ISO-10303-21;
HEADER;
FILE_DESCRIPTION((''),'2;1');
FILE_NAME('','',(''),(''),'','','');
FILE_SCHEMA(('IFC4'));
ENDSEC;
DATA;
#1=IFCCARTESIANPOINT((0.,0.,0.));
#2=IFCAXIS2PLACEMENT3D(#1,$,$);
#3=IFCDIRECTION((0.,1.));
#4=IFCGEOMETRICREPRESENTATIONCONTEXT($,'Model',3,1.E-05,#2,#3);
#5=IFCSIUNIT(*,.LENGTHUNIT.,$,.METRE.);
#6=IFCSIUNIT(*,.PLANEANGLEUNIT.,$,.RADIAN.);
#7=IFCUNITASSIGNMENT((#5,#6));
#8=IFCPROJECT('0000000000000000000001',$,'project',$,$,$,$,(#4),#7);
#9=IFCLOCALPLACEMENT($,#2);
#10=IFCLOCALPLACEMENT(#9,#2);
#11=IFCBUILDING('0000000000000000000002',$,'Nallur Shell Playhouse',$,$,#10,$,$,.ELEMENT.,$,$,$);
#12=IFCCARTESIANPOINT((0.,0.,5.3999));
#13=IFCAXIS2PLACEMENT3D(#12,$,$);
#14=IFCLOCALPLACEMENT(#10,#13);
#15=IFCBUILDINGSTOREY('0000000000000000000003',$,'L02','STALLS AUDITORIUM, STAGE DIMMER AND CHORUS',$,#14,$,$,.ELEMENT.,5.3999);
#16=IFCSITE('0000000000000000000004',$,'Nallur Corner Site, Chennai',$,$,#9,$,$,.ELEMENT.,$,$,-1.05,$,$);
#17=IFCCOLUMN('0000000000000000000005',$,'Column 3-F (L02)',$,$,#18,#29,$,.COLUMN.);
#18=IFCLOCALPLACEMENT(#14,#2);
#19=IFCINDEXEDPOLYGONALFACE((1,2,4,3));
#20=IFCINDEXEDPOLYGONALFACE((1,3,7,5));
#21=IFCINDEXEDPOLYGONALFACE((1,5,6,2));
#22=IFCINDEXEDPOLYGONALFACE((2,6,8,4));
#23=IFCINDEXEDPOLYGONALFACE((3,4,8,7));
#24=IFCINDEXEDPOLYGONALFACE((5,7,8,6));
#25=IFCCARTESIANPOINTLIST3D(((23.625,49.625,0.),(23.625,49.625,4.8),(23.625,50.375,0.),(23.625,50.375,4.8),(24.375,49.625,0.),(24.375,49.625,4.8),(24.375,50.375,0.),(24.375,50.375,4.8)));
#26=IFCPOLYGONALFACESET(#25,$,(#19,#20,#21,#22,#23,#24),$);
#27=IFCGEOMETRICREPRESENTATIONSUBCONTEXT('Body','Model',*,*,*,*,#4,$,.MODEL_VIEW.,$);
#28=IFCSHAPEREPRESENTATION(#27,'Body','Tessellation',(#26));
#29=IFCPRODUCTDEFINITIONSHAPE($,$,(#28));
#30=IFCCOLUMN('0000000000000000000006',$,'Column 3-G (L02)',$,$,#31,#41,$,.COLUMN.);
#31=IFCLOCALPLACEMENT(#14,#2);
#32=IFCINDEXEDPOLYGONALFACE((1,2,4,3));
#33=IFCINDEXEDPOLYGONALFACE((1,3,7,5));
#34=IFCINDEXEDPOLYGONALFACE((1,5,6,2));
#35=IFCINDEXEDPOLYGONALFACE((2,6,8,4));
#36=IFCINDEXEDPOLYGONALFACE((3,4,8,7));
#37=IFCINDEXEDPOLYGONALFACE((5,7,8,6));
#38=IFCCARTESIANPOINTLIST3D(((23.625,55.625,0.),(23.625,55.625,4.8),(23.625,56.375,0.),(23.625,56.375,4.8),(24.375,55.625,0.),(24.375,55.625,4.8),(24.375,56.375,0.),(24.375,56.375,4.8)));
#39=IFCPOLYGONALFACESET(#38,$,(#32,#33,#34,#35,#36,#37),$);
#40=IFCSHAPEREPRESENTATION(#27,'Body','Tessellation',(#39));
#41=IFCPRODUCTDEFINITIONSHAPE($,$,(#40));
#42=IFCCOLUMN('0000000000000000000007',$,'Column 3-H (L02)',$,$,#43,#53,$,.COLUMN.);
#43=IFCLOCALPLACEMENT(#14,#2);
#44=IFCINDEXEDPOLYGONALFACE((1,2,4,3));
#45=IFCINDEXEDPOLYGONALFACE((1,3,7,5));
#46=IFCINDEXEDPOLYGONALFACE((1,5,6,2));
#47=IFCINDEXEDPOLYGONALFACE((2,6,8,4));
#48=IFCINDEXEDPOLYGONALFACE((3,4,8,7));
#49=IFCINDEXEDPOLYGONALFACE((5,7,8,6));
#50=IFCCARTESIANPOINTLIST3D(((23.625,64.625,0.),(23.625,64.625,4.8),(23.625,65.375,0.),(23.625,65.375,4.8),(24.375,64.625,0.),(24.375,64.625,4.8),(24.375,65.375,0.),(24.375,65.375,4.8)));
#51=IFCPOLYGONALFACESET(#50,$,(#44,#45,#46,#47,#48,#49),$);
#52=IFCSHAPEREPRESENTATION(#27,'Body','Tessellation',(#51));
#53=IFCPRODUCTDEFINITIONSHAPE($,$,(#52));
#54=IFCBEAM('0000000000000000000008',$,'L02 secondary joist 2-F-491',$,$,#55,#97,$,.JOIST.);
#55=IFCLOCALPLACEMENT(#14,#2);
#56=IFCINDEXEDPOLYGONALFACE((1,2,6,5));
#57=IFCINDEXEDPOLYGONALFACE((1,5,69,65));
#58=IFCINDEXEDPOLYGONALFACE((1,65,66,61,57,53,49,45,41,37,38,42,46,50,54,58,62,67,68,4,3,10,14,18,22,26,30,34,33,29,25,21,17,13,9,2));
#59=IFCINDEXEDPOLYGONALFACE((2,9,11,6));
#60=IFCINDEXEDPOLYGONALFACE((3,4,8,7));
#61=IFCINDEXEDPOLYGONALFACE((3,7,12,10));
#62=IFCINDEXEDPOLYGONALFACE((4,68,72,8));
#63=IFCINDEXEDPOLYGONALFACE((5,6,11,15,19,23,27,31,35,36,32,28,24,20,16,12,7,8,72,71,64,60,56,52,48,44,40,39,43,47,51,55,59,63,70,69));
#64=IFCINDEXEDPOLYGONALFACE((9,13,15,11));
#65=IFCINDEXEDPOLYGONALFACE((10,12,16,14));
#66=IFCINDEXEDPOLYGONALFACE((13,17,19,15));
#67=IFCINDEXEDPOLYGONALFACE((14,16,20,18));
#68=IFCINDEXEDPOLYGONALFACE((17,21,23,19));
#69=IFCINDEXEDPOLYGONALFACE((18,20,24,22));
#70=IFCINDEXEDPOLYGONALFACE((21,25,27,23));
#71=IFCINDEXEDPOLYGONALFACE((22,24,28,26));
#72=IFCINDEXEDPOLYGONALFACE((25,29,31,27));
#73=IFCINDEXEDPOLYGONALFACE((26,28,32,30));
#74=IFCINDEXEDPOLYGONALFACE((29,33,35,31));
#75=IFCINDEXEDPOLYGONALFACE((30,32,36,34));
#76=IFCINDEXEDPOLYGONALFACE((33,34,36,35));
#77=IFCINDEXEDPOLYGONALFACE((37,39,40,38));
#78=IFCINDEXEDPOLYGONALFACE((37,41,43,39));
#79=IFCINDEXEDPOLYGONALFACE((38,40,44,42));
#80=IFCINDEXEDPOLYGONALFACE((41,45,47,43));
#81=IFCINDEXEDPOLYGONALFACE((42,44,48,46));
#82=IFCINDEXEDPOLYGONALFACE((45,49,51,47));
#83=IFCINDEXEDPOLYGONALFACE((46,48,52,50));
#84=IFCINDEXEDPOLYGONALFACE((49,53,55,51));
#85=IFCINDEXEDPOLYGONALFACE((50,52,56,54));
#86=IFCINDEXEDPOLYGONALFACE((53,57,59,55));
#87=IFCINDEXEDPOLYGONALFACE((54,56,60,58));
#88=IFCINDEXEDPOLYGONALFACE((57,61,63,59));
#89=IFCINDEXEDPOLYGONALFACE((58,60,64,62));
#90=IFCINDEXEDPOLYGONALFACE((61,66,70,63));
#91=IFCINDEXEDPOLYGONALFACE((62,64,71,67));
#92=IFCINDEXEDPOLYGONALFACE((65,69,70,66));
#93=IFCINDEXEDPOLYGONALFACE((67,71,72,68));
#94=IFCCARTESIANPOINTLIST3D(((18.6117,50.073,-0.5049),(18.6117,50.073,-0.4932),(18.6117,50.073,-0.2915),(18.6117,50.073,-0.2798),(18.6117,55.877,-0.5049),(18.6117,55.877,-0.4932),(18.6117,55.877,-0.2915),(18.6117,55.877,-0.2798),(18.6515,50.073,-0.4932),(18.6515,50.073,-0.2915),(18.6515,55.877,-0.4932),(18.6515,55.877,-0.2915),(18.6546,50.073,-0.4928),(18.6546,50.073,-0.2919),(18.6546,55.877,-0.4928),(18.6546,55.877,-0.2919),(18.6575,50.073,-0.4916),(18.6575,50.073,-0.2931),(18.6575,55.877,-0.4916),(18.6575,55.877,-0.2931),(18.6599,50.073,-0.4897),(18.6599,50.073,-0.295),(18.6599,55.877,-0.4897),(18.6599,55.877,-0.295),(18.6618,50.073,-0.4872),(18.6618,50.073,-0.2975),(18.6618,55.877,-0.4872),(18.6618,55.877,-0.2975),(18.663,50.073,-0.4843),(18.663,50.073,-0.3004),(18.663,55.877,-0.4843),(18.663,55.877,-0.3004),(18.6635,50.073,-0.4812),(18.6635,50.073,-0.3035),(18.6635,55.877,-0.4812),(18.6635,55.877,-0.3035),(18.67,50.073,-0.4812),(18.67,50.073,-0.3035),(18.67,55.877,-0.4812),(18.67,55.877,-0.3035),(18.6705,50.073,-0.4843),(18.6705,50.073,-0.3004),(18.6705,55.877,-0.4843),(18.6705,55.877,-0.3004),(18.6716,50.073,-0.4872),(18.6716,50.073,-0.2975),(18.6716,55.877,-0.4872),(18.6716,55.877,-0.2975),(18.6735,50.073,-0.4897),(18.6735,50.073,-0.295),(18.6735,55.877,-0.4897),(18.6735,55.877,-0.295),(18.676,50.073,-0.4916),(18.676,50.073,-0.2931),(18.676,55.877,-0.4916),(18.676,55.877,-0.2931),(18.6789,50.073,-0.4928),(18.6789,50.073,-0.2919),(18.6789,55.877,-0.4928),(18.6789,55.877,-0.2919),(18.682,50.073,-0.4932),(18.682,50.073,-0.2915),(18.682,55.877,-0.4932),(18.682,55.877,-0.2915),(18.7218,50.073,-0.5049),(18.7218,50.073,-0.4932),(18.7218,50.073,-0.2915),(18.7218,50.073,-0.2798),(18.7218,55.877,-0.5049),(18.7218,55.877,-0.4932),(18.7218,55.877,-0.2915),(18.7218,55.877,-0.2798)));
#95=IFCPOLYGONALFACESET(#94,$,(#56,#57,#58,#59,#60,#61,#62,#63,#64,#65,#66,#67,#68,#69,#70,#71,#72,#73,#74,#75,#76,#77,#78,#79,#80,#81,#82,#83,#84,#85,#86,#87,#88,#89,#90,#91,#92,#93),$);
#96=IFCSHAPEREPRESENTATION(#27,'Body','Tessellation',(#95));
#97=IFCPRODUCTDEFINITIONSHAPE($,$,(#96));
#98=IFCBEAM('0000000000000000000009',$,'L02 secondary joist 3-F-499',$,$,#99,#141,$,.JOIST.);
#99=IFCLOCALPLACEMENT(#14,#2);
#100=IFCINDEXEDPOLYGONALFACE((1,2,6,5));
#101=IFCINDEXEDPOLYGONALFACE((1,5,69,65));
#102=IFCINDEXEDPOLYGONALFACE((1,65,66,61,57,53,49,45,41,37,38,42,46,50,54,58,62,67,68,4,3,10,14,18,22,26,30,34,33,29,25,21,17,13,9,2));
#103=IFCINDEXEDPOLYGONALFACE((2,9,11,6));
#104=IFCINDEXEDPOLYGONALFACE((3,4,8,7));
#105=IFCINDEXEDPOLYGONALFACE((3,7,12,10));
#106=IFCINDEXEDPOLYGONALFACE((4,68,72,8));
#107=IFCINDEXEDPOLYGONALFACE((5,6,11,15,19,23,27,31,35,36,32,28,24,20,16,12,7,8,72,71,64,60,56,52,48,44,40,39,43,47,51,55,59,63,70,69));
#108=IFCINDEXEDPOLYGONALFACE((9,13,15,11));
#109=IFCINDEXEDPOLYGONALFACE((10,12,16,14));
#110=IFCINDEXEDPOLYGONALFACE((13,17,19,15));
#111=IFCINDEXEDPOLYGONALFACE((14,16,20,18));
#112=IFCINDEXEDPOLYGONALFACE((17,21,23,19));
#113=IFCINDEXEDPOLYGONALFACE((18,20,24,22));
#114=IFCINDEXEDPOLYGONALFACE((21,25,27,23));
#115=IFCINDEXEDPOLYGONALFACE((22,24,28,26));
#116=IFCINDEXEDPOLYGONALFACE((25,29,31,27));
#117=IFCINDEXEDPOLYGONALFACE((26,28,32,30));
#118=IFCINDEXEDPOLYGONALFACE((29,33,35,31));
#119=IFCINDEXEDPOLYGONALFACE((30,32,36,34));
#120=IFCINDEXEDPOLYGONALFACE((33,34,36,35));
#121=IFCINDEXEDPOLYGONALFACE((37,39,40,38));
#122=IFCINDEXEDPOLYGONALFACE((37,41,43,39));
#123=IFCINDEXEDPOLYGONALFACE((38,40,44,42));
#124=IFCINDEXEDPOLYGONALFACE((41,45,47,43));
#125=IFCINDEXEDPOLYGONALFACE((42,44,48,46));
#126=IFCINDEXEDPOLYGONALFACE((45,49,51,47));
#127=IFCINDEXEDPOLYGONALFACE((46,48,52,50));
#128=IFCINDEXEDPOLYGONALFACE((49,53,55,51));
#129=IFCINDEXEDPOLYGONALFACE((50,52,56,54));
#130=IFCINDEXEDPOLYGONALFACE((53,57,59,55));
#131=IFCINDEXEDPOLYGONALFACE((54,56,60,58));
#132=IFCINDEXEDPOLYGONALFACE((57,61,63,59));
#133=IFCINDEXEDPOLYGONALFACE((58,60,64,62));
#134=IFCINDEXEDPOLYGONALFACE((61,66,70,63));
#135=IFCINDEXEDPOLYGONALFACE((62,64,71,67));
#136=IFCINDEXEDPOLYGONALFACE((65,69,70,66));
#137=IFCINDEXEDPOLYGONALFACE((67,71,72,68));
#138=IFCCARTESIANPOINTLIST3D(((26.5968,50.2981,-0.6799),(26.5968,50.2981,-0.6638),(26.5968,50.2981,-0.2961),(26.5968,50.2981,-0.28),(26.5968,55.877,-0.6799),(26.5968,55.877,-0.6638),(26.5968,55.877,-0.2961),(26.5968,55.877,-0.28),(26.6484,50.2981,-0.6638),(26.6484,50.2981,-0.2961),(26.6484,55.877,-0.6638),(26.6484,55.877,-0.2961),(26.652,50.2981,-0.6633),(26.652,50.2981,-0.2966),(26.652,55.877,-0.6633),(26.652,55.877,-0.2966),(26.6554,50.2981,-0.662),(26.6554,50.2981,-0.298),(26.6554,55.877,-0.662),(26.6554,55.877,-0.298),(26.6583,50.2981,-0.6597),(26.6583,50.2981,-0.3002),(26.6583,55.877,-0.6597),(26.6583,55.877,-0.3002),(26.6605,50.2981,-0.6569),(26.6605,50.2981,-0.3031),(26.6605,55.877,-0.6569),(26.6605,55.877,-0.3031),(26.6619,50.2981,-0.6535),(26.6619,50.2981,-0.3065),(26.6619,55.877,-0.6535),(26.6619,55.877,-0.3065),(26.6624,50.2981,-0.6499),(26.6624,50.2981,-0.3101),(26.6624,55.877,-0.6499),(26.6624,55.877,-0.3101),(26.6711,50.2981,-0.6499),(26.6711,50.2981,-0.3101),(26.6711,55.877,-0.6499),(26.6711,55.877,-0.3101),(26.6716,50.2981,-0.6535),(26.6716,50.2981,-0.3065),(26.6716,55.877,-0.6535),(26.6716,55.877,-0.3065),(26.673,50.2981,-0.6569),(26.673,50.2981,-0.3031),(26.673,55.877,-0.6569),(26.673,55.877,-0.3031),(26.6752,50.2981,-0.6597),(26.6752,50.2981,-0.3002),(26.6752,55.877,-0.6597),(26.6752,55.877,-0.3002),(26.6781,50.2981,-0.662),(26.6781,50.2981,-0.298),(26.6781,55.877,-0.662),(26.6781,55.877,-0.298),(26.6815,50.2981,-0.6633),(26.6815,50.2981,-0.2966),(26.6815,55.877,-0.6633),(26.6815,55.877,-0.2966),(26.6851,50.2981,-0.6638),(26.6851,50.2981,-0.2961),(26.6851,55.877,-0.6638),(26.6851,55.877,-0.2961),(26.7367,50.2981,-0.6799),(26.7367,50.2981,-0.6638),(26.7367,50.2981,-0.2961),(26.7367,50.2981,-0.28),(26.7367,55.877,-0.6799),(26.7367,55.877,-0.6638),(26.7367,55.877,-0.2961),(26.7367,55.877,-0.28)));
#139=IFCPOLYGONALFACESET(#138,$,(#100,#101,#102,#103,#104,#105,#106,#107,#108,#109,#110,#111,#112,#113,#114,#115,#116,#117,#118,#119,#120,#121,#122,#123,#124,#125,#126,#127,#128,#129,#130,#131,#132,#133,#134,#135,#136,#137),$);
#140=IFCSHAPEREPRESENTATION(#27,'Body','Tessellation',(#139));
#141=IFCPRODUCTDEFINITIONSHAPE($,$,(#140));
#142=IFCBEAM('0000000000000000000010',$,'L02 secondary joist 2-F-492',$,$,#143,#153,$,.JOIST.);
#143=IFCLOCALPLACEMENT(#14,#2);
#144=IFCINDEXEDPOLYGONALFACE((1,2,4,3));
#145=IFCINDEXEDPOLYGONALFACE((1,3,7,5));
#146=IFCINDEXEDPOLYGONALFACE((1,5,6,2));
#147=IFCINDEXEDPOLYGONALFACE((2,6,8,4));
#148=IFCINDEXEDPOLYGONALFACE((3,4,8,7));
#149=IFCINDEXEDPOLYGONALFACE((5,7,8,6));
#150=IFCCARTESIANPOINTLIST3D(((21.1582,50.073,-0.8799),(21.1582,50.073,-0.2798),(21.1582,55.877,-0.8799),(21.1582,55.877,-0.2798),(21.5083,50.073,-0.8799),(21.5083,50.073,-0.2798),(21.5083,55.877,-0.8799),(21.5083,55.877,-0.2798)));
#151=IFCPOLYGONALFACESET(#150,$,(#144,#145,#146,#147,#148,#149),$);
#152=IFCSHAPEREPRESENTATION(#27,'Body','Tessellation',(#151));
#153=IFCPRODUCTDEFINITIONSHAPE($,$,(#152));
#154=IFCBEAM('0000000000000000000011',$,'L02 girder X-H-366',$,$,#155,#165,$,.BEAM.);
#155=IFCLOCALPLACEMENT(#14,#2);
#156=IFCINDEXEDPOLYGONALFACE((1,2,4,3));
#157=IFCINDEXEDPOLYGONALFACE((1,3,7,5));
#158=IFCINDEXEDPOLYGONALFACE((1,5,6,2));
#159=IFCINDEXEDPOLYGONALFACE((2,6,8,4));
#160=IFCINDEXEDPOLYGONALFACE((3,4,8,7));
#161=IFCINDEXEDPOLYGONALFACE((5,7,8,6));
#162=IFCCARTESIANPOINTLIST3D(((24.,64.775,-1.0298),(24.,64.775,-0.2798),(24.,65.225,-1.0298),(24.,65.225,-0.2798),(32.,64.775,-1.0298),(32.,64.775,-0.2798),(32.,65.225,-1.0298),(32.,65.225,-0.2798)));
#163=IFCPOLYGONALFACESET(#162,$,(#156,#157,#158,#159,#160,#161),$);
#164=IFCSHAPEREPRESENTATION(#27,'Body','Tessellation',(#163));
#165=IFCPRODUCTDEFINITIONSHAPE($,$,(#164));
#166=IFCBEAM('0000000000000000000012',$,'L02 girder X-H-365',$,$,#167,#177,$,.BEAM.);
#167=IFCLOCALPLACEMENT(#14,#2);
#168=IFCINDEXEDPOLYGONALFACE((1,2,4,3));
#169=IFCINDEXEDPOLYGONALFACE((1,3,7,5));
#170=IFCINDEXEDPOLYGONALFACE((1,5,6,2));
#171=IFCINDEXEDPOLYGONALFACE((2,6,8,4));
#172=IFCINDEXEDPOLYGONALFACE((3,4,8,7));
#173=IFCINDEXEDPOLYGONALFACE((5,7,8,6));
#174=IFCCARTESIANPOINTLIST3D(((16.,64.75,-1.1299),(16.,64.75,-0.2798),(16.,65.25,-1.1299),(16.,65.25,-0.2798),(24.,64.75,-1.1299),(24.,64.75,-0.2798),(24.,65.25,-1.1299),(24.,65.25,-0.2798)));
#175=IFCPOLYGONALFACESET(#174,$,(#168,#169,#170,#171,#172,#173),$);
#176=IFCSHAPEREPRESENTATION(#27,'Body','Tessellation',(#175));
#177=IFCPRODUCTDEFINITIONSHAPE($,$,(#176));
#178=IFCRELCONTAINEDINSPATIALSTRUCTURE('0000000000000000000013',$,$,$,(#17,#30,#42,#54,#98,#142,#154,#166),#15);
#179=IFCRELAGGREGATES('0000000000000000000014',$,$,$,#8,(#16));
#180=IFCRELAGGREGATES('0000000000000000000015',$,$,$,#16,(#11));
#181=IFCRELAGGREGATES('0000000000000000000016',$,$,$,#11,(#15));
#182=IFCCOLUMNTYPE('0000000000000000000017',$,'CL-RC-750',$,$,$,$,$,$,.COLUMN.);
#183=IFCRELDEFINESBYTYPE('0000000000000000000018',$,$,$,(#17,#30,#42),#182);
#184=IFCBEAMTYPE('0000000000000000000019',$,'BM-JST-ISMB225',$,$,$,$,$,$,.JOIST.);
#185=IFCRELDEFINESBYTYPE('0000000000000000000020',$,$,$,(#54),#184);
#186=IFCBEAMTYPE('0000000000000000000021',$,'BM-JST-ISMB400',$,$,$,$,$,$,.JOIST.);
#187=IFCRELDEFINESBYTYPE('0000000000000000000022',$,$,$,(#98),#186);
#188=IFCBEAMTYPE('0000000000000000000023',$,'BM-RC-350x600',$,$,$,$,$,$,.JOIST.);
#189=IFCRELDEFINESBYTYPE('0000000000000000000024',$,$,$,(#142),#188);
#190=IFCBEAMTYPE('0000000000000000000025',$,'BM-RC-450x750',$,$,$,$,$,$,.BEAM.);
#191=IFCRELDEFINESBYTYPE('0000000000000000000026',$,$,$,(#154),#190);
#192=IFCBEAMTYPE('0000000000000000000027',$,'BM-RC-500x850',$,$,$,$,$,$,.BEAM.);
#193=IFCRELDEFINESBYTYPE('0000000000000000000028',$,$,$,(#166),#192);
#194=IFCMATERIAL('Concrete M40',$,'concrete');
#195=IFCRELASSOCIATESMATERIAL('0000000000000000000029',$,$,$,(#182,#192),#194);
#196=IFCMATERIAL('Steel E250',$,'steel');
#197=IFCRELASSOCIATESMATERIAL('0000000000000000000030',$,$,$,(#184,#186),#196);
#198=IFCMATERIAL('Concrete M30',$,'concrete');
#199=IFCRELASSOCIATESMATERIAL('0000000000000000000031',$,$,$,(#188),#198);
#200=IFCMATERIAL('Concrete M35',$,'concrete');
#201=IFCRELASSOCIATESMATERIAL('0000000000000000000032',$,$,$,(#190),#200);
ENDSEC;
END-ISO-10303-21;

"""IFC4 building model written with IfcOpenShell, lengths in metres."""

from ifc_helpers import new_model, si_unit, direction, frame, origin, origin_2d, place, context, subcontext, project, spatial, rectangle, i_section, extrude, material, material_profile, profile_set, type_object, element, save


model = new_model("IFC4")

# Units and contexts
model_context = context("Model", 3, precision=1e-05, world=origin(), true_north=direction((0.0, 1.0)))
body_context = subcontext(model_context, "Body", "Model", "MODEL_VIEW")
ifc_project = project(units=[si_unit("LENGTHUNIT", "METRE"), si_unit("PLANEANGLEUNIT", "RADIAN")], contexts=[model_context])

# Site, building, storey
site_placement = place(None, origin())
site = spatial("IfcSite", under=ifc_project, at=site_placement, Name="Nallur Corner Site, Chennai", CompositionType="ELEMENT", RefElevation=-1.05)
building_placement = place(site_placement, origin())
building = spatial("IfcBuilding", under=site, at=building_placement, Name="Nallur Shell Playhouse", CompositionType="ELEMENT")
storey_placement = place(building_placement, frame((0.0, 0.0, 5.3999)))
storey = spatial("IfcBuildingStorey", under=building, at=storey_placement, Name="L02", Description="STALLS AUDITORIUM, STAGE DIMMER AND CHORUS", CompositionType="ELEMENT", Elevation=5.3999)

# Columns
ifc_material_1 = material(Name="Concrete M40", Category="concrete")
ifc_material_profile_1 = material_profile(ifc_material_1, rectangle(XDim=0.75, YDim=0.75, at=origin_2d()), Name="RC 750x750")
ifc_profile_set_1 = profile_set([ifc_material_profile_1], Name="Concrete M40")
column_type = type_object("IfcColumnType", Name="CL-RC-750", PredefinedType="COLUMN", material=ifc_profile_set_1)
for number, where, z_axis, x_axis, name in (
    (1, (24.0, 50.0, 0.0), (0.0, 0.0, 1.0), (1.0, 0.0, 0.0), "Column 3-F (L02)"),
    (2, (24.0, 56.0, 0.0), (0.0, 0.0, 1.0), (1.0, 0.0, 0.0), "Column 3-G (L02)"),
    (3, (24.0, 65.0, 0.0), (0.0, 0.0, 1.0), (1.0, 0.0, 0.0), "Column 3-H (L02)"),
):
    element("IfcColumn", number, at=place(storey_placement, frame(where, z_axis=z_axis, x_axis=x_axis)), inside=storey, type_object=column_type, Name=name, PredefinedType="COLUMN", context=body_context, shape_type="SweptSolid", body=[
        extrude(rectangle(XDim=0.75, YDim=0.75, at=origin_2d()), origin(), (0.0, 0.0, 1.0), 4.8),
    ])

# Beams
ifc_material_2 = material(Name="Steel E250", Category="steel")
ifc_material_profile_2 = material_profile(ifc_material_2, i_section(OverallWidth=0.1101, OverallDepth=0.2251, WebThickness=0.0066, FlangeThickness=0.0117, FilletRadius=0.012, at=origin_2d()), Name="ISMB 225")
ifc_profile_set_2 = profile_set([ifc_material_profile_2], Name="Steel E250")
beam_type_1 = type_object("IfcBeamType", Name="BM-JST-ISMB225", PredefinedType="JOIST", material=ifc_profile_set_2)
beam_1_placement = place(storey_placement, frame((18.6667, 50.073, -0.3923), z_axis=(0.0, 1.0, 0.0), x_axis=(-1.0, 0.0, 0.0)))
element("IfcBeam", 4, at=beam_1_placement, inside=storey, type_object=beam_type_1, Name="L02 secondary joist 2-F-491", PredefinedType="JOIST", context=body_context, shape_type="SweptSolid", body=[
    extrude(i_section(OverallWidth=0.1101, OverallDepth=0.2251, WebThickness=0.0066, FlangeThickness=0.0117, FilletRadius=0.012, at=origin_2d()), origin(), (0.0, 0.0, 1.0), 5.804),
])
ifc_material_profile_3 = material_profile(ifc_material_2, i_section(OverallWidth=0.1399, OverallDepth=0.3999, WebThickness=0.0088, FlangeThickness=0.0161, FilletRadius=0.0139, at=origin_2d()), Name="ISMB 400")
ifc_profile_set_3 = profile_set([ifc_material_profile_3], Name="Steel E250")
beam_type_2 = type_object("IfcBeamType", Name="BM-JST-ISMB400", PredefinedType="JOIST", material=ifc_profile_set_3)
beam_2_placement = place(storey_placement, frame((26.6667, 50.2981, -0.48), z_axis=(0.0, 1.0, 0.0), x_axis=(-1.0, 0.0, 0.0)))
element("IfcBeam", 5, at=beam_2_placement, inside=storey, type_object=beam_type_2, Name="L02 secondary joist 3-F-499", PredefinedType="JOIST", context=body_context, shape_type="SweptSolid", body=[
    extrude(i_section(OverallWidth=0.1399, OverallDepth=0.3999, WebThickness=0.0088, FlangeThickness=0.0161, FilletRadius=0.0139, at=origin_2d()), origin(), (0.0, 0.0, 1.0), 5.5789),
])
ifc_material_3 = material(Name="Concrete M30", Category="concrete")
ifc_material_profile_4 = material_profile(ifc_material_3, rectangle(XDim=0.3501, YDim=0.6001, at=origin_2d()), Name="RC 350x600")
ifc_profile_set_4 = profile_set([ifc_material_profile_4], Name="Concrete M30")
beam_type_3 = type_object("IfcBeamType", Name="BM-RC-350x600", PredefinedType="JOIST", material=ifc_profile_set_4)
beam_3_placement = place(storey_placement, frame((21.3333, 50.073, -0.5798), z_axis=(0.0, 1.0, 0.0), x_axis=(-1.0, 0.0, 0.0)))
element("IfcBeam", 6, at=beam_3_placement, inside=storey, type_object=beam_type_3, Name="L02 secondary joist 2-F-492", PredefinedType="JOIST", context=body_context, shape_type="SweptSolid", body=[
    extrude(rectangle(XDim=0.3501, YDim=0.6001, at=origin_2d()), origin(), (0.0, 0.0, 1.0), 5.804),
])
ifc_material_4 = material(Name="Concrete M35", Category="concrete")
ifc_material_profile_5 = material_profile(ifc_material_4, rectangle(XDim=0.45, YDim=0.75, at=origin_2d()), Name="RC 450x750")
ifc_profile_set_5 = profile_set([ifc_material_profile_5], Name="Concrete M35")
beam_type_4 = type_object("IfcBeamType", Name="BM-RC-450x750", PredefinedType="BEAM", material=ifc_profile_set_5)
beam_4_placement = place(storey_placement, frame((24.0, 65.0, -0.6548), z_axis=(1.0, 0.0, 0.0), x_axis=(0.0, 1.0, 0.0)))
element("IfcBeam", 7, at=beam_4_placement, inside=storey, type_object=beam_type_4, Name="L02 girder X-H-366", PredefinedType="BEAM", context=body_context, shape_type="SweptSolid", body=[
    extrude(rectangle(XDim=0.45, YDim=0.75, at=origin_2d()), origin(), (0.0, 0.0, 1.0), 8.0),
])
ifc_material_profile_6 = material_profile(ifc_material_1, rectangle(XDim=0.5, YDim=0.8501, at=origin_2d()), Name="RC 500x850")
ifc_profile_set_6 = profile_set([ifc_material_profile_6], Name="Concrete M40")
beam_type_5 = type_object("IfcBeamType", Name="BM-RC-500x850", PredefinedType="BEAM", material=ifc_profile_set_6)
beam_5_placement = place(storey_placement, frame((16.0, 65.0, -0.7048), z_axis=(1.0, 0.0, 0.0), x_axis=(0.0, 1.0, 0.0)))
element("IfcBeam", 8, at=beam_5_placement, inside=storey, type_object=beam_type_5, Name="L02 girder X-H-365", PredefinedType="BEAM", context=body_context, shape_type="SweptSolid", body=[
    extrude(rectangle(XDim=0.5, YDim=0.8501, at=origin_2d()), origin(), (0.0, 0.0, 1.0), 8.0),
])

save(model, "model.ifc")
